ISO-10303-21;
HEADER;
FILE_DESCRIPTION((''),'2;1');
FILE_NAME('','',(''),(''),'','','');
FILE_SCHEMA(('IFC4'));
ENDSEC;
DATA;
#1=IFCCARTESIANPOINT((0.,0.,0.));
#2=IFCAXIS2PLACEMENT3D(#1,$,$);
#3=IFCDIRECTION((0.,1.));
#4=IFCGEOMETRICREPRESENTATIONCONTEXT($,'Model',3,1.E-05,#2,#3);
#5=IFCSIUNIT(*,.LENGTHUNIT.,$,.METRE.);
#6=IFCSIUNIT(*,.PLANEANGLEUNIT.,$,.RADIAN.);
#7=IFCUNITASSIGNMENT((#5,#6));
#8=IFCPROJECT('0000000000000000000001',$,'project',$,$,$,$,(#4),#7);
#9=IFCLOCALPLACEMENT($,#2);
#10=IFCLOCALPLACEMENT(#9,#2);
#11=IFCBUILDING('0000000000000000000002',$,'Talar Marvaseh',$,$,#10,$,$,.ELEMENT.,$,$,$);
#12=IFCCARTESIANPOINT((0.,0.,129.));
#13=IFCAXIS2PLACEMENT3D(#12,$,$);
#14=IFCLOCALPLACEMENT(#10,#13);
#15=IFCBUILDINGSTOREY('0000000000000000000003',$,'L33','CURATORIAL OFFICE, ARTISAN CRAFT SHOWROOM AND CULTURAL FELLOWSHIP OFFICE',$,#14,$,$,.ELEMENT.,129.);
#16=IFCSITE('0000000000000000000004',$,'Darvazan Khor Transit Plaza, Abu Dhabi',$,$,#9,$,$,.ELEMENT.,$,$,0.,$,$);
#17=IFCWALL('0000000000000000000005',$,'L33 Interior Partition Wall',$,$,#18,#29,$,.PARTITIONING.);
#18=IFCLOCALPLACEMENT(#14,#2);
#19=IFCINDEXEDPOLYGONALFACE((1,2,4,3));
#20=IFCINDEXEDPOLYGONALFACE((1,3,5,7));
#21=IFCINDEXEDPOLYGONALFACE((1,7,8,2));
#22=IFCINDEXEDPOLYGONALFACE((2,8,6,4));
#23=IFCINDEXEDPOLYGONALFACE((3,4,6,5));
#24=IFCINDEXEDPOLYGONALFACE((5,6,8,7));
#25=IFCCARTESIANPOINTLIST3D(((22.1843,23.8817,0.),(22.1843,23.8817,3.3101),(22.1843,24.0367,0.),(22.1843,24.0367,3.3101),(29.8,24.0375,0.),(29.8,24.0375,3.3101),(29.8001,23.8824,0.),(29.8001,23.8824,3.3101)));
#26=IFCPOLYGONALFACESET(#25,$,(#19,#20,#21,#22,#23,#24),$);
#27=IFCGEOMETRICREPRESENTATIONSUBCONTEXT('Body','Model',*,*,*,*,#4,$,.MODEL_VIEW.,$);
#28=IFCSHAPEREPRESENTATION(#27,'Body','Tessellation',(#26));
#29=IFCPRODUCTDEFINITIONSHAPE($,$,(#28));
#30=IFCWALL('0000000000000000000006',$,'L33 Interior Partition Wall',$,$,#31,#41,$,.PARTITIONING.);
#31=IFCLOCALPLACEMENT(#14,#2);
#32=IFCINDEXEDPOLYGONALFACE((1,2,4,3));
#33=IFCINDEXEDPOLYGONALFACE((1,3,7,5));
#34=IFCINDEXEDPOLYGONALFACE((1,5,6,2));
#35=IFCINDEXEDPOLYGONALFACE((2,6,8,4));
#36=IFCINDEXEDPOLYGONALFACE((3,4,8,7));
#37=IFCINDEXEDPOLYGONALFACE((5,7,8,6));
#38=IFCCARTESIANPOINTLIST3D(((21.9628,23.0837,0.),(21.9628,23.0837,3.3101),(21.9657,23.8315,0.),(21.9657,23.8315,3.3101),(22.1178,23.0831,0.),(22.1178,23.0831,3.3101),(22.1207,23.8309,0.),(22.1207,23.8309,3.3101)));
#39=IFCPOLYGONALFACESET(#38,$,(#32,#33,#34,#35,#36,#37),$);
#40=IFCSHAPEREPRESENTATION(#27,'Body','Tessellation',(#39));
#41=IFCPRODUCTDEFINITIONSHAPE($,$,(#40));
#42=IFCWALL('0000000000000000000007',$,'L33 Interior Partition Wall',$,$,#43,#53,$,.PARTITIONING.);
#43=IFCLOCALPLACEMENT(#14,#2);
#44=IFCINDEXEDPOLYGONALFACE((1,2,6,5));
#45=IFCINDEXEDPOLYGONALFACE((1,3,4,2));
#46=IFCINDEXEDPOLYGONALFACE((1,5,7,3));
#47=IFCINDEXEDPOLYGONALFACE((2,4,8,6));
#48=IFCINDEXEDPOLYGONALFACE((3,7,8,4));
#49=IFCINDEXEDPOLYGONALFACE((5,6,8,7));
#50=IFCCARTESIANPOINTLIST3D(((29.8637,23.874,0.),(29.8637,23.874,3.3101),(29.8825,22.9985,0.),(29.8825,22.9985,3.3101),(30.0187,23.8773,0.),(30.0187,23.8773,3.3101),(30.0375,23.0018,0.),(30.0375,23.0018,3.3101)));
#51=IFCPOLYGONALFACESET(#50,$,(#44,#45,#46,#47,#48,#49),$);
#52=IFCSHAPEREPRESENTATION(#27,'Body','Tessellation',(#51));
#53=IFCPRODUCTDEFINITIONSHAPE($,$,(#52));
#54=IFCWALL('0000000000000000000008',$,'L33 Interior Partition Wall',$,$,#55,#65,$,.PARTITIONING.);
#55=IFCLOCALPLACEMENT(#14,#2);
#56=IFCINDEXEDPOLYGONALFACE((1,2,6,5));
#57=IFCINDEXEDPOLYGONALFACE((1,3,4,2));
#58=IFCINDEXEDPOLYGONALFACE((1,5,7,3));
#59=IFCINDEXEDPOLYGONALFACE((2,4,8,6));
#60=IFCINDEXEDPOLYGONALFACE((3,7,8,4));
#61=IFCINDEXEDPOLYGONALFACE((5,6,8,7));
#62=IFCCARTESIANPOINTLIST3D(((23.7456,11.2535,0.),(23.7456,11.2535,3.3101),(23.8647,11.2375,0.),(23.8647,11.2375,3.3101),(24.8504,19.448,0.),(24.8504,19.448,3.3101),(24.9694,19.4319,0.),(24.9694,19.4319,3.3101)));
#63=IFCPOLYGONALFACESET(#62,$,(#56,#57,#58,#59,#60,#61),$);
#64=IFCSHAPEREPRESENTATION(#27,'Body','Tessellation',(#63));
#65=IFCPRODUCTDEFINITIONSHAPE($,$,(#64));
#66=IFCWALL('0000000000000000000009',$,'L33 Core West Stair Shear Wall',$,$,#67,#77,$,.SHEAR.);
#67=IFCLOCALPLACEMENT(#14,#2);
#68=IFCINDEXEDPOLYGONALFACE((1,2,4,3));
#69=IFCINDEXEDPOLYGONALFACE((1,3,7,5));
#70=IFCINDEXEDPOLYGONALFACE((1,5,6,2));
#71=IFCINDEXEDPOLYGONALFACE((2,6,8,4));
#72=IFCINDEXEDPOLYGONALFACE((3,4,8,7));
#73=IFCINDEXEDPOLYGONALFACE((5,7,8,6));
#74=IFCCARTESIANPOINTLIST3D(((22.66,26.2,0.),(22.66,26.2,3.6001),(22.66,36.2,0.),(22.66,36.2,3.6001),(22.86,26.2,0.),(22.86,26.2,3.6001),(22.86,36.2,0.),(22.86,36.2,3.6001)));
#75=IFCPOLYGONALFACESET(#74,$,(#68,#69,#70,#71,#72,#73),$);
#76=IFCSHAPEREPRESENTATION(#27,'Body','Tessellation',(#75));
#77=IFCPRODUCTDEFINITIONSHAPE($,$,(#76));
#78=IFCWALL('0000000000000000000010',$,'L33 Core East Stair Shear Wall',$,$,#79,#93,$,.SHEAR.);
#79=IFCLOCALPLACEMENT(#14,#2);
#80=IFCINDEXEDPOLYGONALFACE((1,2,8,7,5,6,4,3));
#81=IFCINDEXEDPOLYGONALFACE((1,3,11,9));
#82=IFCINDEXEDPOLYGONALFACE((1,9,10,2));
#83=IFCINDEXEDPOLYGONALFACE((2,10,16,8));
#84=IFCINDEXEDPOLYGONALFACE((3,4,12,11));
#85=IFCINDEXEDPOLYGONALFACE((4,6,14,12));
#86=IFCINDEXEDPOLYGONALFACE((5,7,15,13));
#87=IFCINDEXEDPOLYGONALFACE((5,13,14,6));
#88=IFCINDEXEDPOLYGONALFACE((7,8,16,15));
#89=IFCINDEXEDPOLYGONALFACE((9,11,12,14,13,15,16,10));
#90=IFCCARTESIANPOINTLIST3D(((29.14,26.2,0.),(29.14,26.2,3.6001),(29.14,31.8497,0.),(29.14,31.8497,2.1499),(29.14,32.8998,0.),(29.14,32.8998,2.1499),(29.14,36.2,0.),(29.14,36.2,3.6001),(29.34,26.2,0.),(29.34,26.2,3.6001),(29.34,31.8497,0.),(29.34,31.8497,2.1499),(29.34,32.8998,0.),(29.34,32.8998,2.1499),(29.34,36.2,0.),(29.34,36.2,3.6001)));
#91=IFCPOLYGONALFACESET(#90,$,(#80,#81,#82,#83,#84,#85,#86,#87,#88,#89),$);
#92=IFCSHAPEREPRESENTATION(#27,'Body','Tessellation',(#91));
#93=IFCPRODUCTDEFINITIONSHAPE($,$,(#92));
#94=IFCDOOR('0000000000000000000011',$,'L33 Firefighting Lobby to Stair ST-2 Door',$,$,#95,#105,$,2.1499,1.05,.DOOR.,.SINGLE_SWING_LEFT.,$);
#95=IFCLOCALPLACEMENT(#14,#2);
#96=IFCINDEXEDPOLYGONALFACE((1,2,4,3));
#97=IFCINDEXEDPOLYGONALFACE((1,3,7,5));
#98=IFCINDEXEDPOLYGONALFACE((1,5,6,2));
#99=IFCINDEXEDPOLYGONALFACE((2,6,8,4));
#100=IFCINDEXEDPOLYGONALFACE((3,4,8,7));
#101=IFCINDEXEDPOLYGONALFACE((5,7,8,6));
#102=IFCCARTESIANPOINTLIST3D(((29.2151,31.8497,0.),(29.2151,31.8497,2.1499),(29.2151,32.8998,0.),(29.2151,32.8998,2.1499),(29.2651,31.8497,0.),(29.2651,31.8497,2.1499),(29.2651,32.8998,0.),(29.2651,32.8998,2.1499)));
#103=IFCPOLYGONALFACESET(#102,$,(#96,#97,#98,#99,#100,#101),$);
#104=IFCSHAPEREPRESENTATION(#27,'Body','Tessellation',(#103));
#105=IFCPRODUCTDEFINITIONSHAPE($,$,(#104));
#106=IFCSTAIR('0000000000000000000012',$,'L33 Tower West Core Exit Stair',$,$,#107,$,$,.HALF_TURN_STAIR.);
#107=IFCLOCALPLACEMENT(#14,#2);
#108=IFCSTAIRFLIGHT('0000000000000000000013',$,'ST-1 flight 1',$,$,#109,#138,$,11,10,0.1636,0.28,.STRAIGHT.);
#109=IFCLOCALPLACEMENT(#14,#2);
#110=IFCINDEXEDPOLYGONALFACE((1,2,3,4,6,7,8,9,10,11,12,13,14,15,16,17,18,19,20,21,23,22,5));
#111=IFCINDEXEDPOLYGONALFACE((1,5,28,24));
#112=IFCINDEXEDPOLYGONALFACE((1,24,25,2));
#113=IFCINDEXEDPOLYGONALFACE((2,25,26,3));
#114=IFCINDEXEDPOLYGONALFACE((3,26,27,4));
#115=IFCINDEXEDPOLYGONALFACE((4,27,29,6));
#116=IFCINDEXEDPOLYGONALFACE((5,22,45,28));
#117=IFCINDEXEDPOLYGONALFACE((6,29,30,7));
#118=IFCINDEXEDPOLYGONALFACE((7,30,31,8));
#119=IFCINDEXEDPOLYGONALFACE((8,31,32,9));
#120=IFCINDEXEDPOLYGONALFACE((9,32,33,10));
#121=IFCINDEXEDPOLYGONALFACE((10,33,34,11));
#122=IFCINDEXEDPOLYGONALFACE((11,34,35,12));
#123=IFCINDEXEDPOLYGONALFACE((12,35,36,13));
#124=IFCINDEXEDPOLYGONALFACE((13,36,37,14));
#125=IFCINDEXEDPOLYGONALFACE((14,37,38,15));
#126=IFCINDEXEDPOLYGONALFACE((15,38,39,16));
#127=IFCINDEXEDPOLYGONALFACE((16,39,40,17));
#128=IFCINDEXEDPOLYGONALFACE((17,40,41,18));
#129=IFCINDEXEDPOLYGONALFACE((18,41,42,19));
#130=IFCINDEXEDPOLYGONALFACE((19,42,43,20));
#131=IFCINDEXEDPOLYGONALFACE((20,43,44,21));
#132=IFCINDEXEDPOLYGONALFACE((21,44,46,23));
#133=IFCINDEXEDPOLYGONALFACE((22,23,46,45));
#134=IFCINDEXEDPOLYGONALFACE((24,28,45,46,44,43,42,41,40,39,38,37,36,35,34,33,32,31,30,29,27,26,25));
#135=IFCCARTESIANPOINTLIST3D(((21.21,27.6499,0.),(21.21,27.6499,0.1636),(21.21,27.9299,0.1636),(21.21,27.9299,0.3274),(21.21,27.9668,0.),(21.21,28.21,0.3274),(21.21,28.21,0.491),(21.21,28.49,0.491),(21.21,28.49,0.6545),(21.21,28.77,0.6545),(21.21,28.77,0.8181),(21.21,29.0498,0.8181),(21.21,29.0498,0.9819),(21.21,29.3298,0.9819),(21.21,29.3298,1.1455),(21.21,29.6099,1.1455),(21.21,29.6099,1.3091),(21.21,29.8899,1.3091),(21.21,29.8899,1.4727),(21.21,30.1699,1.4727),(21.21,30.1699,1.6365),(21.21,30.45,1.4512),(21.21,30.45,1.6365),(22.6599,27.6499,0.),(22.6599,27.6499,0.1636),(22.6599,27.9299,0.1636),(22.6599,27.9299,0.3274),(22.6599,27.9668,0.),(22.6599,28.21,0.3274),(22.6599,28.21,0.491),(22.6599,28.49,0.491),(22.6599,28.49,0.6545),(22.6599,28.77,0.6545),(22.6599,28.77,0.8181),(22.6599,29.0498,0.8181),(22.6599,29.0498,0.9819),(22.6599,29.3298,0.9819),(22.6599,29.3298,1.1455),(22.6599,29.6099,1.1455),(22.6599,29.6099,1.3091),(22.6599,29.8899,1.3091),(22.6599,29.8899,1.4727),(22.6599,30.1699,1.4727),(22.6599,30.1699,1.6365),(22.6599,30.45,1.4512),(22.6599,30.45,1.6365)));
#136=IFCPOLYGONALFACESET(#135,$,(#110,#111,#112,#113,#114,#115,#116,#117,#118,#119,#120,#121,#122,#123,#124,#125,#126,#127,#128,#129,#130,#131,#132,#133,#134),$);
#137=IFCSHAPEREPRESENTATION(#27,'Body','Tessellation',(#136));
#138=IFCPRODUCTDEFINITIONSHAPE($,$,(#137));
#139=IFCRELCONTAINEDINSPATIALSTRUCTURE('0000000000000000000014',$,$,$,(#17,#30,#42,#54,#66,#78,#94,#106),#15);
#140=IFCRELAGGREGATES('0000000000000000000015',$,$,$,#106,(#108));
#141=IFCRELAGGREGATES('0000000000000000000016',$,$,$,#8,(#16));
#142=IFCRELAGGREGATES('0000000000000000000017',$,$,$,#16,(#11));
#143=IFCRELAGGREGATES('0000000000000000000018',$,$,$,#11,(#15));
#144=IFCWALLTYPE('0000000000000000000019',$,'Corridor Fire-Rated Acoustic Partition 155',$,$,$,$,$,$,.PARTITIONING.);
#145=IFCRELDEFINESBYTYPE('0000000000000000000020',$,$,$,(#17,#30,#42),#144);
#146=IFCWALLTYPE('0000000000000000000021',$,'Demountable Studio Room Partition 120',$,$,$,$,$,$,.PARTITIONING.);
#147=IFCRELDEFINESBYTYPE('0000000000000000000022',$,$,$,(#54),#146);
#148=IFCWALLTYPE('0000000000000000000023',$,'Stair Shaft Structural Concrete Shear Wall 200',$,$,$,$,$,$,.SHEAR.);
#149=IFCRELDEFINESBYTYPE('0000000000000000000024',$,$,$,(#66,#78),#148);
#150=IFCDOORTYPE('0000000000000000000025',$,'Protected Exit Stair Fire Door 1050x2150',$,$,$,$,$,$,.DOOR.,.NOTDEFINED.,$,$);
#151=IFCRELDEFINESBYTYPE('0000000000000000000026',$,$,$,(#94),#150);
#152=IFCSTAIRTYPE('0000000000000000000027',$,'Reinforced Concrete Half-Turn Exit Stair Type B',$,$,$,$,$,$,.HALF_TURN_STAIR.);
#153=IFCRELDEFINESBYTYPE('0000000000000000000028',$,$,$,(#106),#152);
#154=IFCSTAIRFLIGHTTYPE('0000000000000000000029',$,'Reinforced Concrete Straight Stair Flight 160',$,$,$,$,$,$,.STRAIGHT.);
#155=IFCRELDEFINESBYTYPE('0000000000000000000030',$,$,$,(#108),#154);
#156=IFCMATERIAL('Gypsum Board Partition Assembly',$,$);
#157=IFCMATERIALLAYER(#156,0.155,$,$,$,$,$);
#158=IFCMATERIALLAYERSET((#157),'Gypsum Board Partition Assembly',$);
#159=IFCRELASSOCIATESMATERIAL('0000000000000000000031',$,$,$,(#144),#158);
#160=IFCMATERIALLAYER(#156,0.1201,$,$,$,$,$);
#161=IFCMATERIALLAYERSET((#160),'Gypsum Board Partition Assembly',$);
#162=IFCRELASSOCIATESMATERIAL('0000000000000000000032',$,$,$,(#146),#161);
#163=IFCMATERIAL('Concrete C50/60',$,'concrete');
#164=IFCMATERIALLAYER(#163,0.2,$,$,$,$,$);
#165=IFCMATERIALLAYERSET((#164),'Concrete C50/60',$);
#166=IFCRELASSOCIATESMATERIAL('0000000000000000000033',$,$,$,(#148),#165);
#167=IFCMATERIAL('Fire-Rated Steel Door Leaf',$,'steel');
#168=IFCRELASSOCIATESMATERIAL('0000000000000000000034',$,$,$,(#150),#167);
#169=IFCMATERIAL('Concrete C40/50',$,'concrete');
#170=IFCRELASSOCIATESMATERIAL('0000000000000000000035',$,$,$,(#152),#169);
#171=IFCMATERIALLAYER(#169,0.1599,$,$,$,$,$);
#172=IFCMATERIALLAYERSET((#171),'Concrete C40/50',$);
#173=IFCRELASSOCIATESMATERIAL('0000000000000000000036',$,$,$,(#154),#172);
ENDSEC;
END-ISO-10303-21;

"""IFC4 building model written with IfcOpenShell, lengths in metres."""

from ifc_helpers import new_model, si_unit, direction, frame, frame_2d, origin, place, context, subcontext, project, spatial, polyline, rectangle, outline, extrude, source, transform, mapped, material, layer, layer_set, type_object, type_shapes, element, fill, aggregate, save


model = new_model("IFC4")

# Units and contexts
model_context = context("Model", 3, precision=1e-05, world=origin(), true_north=direction((0.0, 1.0)))
body_context = subcontext(model_context, "Body", "Model", "MODEL_VIEW")
ifc_project = project(units=[si_unit("LENGTHUNIT", "METRE"), si_unit("PLANEANGLEUNIT", "RADIAN")], contexts=[model_context])

# Site, building, storey
site_placement = place(None, origin())
site = spatial("IfcSite", under=ifc_project, at=site_placement, Name="Darvazan Khor Transit Plaza, Abu Dhabi", CompositionType="ELEMENT", RefElevation=0.0)
building_placement = place(site_placement, origin())
building = spatial("IfcBuilding", under=site, at=building_placement, Name="Talar Marvaseh", CompositionType="ELEMENT")
storey_placement = place(building_placement, frame((0.0, 0.0, 129.0)))
storey = spatial("IfcBuildingStorey", under=building, at=storey_placement, Name="L33", Description="CURATORIAL OFFICE, ARTISAN CRAFT SHOWROOM AND CULTURAL FELLOWSHIP OFFICE", CompositionType="ELEMENT", Elevation=129.0)

# Shared definitions
ifc_material_1 = material(Name="Concrete C40/50", Category="concrete")

# Shared definitions
ifc_material_2 = material(Name="Gypsum Board Partition Assembly")
ifc_layer_1 = layer(ifc_material_2, 0.155)
ifc_layer_set_1 = layer_set([ifc_layer_1], Name="Gypsum Board Partition Assembly")
wall_type_1 = type_object("IfcWallType", Name="Corridor Fire-Rated Acoustic Partition 155", PredefinedType="PARTITIONING", material=ifc_layer_set_1)
ifc_material_3 = material(Name="Fire-Rated Steel Door Leaf", Category="steel")

# Walls
wall_1_placement = place(storey_placement, frame((29.8, 23.96, 0.0), z_axis=(0.0, 0.0, 1.0), x_axis=(-1.0, -0.000096, 0.0)))
element("IfcWall", 1, at=wall_1_placement, inside=storey, type_object=wall_type_1, Name="L33 Interior Partition Wall", PredefinedType="PARTITIONING", context=body_context, shape_type="SweptSolid", body=[
    extrude(rectangle(XDim=7.6157, YDim=0.155, at=frame_2d((3.8079, 0.0))), origin(), (0.0, 0.0, 1.0), 3.3101),
])
wall_2_placement = place(storey_placement, frame((22.0432, 23.8313, 0.0), z_axis=(0.0, 0.0, 1.0), x_axis=(-0.003918, -0.999992, 0.0)))
element("IfcWall", 2, at=wall_2_placement, inside=storey, type_object=wall_type_1, Name="L33 Interior Partition Wall", PredefinedType="PARTITIONING", context=body_context, shape_type="SweptSolid", body=[
    extrude(rectangle(XDim=0.7478, YDim=0.155, at=frame_2d((0.374, 0.0))), origin(), (0.0, 0.0, 1.0), 3.3101),
])
wall_3_placement = place(storey_placement, frame((29.96, 23.0, 0.0), z_axis=(0.0, 0.0, 1.0), x_axis=(-0.021467, 0.99977, 0.0)))
element("IfcWall", 3, at=wall_3_placement, inside=storey, type_object=wall_type_1, Name="L33 Interior Partition Wall", PredefinedType="PARTITIONING", context=body_context, shape_type="SweptSolid", body=[
    extrude(rectangle(XDim=0.8757, YDim=0.155, at=frame_2d((0.438, 0.0))), origin(), (0.0, 0.0, 1.0), 3.3101),
])
ifc_layer_2 = layer(ifc_material_2, 0.1201)
ifc_layer_set_2 = layer_set([ifc_layer_2], Name="Gypsum Board Partition Assembly")
wall_type_2 = type_object("IfcWallType", Name="Demountable Studio Room Partition 120", PredefinedType="PARTITIONING", material=ifc_layer_set_2)
wall_4_placement = place(storey_placement, frame((24.9099, 19.4399, 0.0), z_axis=(0.0, 0.0, 1.0), x_axis=(-0.133608, -0.991034, 0.0)))
element("IfcWall", 4, at=wall_4_placement, inside=storey, type_object=wall_type_2, Name="L33 Interior Partition Wall", PredefinedType="PARTITIONING", context=body_context, shape_type="SweptSolid", body=[
    extrude(rectangle(XDim=8.2686, YDim=0.1201, at=frame_2d((4.1343, 0.0))), origin(), (0.0, 0.0, 1.0), 3.3101),
])
ifc_material_4 = material(Name="Concrete C50/60", Category="concrete")
ifc_layer_3 = layer(ifc_material_4, 0.2)
ifc_layer_set_3 = layer_set([ifc_layer_3], Name="Concrete C50/60")
wall_type_3 = type_object("IfcWallType", Name="Stair Shaft Structural Concrete Shear Wall 200", PredefinedType="SHEAR", material=ifc_layer_set_3)
wall_5_placement = place(storey_placement, frame((22.76, 26.2, 0.0), z_axis=(0.0, 0.0, 1.0), x_axis=(0.0, 1.0, 0.0)))
element("IfcWall", 5, at=wall_5_placement, inside=storey, type_object=wall_type_3, Name="L33 Core West Stair Shear Wall", PredefinedType="SHEAR", context=body_context, shape_type="SweptSolid", body=[
    extrude(rectangle(XDim=10.0, YDim=0.2, at=frame_2d((5.0, 0.0))), origin(), (0.0, 0.0, 1.0), 3.6001),
])

# Wall, opening, door
wall_6_placement = place(storey_placement, frame((29.24, 26.2, 0.0), z_axis=(0.0, 0.0, 1.0), x_axis=(0.0, 1.0, 0.0)))
wall_6 = element("IfcWall", 6, at=wall_6_placement, inside=storey, type_object=wall_type_3, Name="L33 Core East Stair Shear Wall", PredefinedType="SHEAR", context=body_context, shape_type="SweptSolid", body=[
    extrude(rectangle(XDim=10.0, YDim=0.2, at=frame_2d((5.0, 0.0))), origin(), (0.0, 0.0, 1.0), 3.6001),
])
opening_1_placement = place(wall_6_placement, frame((5.6499, 0.0, 0.0)))
opening_1 = element("IfcOpeningElement", 7, at=opening_1_placement, cuts=wall_6, PredefinedType="OPENING", context=body_context, shape_type="SweptSolid", body=[
    extrude(rectangle(XDim=1.05, YDim=2.1499, at=frame_2d((0.5249, 1.075))), frame((0.0, 0.1099, 0.0), z_axis=(0.0, -1.0, 0.0), x_axis=(1.0, 0.0, 0.0)), (0.0, 0.0, 1.0), 0.22),
])
door_type_1 = type_object("IfcDoorType", Name="Protected Exit Stair Fire Door 1050x2150", OperationType="NOTDEFINED", PredefinedType="DOOR", material=ifc_material_3)
shared_shape_1 = source(origin(), body_context, "Body", "SweptSolid", [
    extrude(rectangle(XDim=1.05, YDim=2.1499, at=frame_2d((0.5249, 1.075))), frame((0.0, 0.0249, 0.0), z_axis=(0.0, -1.0, 0.0), x_axis=(1.0, 0.0, 0.0)), (0.0, 0.0, 1.0), 0.05),
])
type_shapes(door_type_1, [shared_shape_1])
door_1_placement = place(opening_1_placement, origin())
door_1 = element("IfcDoor", 8, at=door_1_placement, inside=storey, type_object=door_type_1, Name="L33 Firefighting Lobby to Stair ST-2 Door", OperationType="SINGLE_SWING_LEFT", OverallHeight=2.1499, OverallWidth=1.05, PredefinedType="DOOR", context=body_context, shape_type="MappedRepresentation", body=[
    mapped(shared_shape_1, transform((0.0, 0.0, 0.0), x_axis=(1.0, 0.0, 0.0), y_axis=(0.0, 1.0, 0.0), z_axis=(0.0, 0.0, 1.0), scale=1.0)),
])
fill(opening_1, door_1)

# Stair, stair flight
stair_type = type_object("IfcStairType", Name="Reinforced Concrete Half-Turn Exit Stair Type B", PredefinedType="HALF_TURN_STAIR", material=ifc_material_1)
stair_placement = place(storey_placement, origin())
stair = element("IfcStair", 9, at=stair_placement, inside=storey, type_object=stair_type, Name="L33 Tower West Core Exit Stair", PredefinedType="HALF_TURN_STAIR")
ifc_layer_4 = layer(ifc_material_1, 0.1599)
ifc_layer_set_4 = layer_set([ifc_layer_4], Name="Concrete C40/50")
stair_flight_type = type_object("IfcStairFlightType", Name="Reinforced Concrete Straight Stair Flight 160", PredefinedType="STRAIGHT", material=ifc_layer_set_4)
stair_flight_placement = place(storey_placement, frame((21.9351, 27.6499, 0.0), z_axis=(0.0, 0.0, 1.0), x_axis=(0.0, 1.0, 0.0)))
stair_flight = element("IfcStairFlight", 10, at=stair_flight_placement, type_object=stair_flight_type, Name="ST-1 flight 1", NumberOfRisers=11, NumberOfTreads=10, PredefinedType="STRAIGHT", RiserHeight=0.1636, TreadLength=0.28, context=body_context, shape_type="SweptSolid", body=[
    extrude(outline(polyline([(0.0, 0.0), (0.0, 0.1636), (0.28, 0.1636), (0.28, 0.3274), (0.5601, 0.3274), (0.5601, 0.491), (0.8401, 0.491), (0.8401, 0.6545), (1.1201, 0.6545), (1.1201, 0.8181), (1.3999, 0.8181), (1.3999, 0.9819), (1.6799, 0.9819), (1.6799, 1.1455), (1.96, 1.1455), (1.96, 1.3091), (2.24, 1.3091), (2.24, 1.4727), (2.52, 1.4727), (2.52, 1.6365), (2.8, 1.6365), (2.8, 1.8), (2.8, 1.4512), (0.3169, 0.0), (0.0, 0.0)])), frame((0.0, 0.7251, 0.0), z_axis=(0.0, -1.0, 0.0), x_axis=(1.0, 0.0, 0.0)), (0.0, 0.0, 1.0), 1.45),
])
aggregate(stair, [stair_flight])

save(model, "model.ifc")
